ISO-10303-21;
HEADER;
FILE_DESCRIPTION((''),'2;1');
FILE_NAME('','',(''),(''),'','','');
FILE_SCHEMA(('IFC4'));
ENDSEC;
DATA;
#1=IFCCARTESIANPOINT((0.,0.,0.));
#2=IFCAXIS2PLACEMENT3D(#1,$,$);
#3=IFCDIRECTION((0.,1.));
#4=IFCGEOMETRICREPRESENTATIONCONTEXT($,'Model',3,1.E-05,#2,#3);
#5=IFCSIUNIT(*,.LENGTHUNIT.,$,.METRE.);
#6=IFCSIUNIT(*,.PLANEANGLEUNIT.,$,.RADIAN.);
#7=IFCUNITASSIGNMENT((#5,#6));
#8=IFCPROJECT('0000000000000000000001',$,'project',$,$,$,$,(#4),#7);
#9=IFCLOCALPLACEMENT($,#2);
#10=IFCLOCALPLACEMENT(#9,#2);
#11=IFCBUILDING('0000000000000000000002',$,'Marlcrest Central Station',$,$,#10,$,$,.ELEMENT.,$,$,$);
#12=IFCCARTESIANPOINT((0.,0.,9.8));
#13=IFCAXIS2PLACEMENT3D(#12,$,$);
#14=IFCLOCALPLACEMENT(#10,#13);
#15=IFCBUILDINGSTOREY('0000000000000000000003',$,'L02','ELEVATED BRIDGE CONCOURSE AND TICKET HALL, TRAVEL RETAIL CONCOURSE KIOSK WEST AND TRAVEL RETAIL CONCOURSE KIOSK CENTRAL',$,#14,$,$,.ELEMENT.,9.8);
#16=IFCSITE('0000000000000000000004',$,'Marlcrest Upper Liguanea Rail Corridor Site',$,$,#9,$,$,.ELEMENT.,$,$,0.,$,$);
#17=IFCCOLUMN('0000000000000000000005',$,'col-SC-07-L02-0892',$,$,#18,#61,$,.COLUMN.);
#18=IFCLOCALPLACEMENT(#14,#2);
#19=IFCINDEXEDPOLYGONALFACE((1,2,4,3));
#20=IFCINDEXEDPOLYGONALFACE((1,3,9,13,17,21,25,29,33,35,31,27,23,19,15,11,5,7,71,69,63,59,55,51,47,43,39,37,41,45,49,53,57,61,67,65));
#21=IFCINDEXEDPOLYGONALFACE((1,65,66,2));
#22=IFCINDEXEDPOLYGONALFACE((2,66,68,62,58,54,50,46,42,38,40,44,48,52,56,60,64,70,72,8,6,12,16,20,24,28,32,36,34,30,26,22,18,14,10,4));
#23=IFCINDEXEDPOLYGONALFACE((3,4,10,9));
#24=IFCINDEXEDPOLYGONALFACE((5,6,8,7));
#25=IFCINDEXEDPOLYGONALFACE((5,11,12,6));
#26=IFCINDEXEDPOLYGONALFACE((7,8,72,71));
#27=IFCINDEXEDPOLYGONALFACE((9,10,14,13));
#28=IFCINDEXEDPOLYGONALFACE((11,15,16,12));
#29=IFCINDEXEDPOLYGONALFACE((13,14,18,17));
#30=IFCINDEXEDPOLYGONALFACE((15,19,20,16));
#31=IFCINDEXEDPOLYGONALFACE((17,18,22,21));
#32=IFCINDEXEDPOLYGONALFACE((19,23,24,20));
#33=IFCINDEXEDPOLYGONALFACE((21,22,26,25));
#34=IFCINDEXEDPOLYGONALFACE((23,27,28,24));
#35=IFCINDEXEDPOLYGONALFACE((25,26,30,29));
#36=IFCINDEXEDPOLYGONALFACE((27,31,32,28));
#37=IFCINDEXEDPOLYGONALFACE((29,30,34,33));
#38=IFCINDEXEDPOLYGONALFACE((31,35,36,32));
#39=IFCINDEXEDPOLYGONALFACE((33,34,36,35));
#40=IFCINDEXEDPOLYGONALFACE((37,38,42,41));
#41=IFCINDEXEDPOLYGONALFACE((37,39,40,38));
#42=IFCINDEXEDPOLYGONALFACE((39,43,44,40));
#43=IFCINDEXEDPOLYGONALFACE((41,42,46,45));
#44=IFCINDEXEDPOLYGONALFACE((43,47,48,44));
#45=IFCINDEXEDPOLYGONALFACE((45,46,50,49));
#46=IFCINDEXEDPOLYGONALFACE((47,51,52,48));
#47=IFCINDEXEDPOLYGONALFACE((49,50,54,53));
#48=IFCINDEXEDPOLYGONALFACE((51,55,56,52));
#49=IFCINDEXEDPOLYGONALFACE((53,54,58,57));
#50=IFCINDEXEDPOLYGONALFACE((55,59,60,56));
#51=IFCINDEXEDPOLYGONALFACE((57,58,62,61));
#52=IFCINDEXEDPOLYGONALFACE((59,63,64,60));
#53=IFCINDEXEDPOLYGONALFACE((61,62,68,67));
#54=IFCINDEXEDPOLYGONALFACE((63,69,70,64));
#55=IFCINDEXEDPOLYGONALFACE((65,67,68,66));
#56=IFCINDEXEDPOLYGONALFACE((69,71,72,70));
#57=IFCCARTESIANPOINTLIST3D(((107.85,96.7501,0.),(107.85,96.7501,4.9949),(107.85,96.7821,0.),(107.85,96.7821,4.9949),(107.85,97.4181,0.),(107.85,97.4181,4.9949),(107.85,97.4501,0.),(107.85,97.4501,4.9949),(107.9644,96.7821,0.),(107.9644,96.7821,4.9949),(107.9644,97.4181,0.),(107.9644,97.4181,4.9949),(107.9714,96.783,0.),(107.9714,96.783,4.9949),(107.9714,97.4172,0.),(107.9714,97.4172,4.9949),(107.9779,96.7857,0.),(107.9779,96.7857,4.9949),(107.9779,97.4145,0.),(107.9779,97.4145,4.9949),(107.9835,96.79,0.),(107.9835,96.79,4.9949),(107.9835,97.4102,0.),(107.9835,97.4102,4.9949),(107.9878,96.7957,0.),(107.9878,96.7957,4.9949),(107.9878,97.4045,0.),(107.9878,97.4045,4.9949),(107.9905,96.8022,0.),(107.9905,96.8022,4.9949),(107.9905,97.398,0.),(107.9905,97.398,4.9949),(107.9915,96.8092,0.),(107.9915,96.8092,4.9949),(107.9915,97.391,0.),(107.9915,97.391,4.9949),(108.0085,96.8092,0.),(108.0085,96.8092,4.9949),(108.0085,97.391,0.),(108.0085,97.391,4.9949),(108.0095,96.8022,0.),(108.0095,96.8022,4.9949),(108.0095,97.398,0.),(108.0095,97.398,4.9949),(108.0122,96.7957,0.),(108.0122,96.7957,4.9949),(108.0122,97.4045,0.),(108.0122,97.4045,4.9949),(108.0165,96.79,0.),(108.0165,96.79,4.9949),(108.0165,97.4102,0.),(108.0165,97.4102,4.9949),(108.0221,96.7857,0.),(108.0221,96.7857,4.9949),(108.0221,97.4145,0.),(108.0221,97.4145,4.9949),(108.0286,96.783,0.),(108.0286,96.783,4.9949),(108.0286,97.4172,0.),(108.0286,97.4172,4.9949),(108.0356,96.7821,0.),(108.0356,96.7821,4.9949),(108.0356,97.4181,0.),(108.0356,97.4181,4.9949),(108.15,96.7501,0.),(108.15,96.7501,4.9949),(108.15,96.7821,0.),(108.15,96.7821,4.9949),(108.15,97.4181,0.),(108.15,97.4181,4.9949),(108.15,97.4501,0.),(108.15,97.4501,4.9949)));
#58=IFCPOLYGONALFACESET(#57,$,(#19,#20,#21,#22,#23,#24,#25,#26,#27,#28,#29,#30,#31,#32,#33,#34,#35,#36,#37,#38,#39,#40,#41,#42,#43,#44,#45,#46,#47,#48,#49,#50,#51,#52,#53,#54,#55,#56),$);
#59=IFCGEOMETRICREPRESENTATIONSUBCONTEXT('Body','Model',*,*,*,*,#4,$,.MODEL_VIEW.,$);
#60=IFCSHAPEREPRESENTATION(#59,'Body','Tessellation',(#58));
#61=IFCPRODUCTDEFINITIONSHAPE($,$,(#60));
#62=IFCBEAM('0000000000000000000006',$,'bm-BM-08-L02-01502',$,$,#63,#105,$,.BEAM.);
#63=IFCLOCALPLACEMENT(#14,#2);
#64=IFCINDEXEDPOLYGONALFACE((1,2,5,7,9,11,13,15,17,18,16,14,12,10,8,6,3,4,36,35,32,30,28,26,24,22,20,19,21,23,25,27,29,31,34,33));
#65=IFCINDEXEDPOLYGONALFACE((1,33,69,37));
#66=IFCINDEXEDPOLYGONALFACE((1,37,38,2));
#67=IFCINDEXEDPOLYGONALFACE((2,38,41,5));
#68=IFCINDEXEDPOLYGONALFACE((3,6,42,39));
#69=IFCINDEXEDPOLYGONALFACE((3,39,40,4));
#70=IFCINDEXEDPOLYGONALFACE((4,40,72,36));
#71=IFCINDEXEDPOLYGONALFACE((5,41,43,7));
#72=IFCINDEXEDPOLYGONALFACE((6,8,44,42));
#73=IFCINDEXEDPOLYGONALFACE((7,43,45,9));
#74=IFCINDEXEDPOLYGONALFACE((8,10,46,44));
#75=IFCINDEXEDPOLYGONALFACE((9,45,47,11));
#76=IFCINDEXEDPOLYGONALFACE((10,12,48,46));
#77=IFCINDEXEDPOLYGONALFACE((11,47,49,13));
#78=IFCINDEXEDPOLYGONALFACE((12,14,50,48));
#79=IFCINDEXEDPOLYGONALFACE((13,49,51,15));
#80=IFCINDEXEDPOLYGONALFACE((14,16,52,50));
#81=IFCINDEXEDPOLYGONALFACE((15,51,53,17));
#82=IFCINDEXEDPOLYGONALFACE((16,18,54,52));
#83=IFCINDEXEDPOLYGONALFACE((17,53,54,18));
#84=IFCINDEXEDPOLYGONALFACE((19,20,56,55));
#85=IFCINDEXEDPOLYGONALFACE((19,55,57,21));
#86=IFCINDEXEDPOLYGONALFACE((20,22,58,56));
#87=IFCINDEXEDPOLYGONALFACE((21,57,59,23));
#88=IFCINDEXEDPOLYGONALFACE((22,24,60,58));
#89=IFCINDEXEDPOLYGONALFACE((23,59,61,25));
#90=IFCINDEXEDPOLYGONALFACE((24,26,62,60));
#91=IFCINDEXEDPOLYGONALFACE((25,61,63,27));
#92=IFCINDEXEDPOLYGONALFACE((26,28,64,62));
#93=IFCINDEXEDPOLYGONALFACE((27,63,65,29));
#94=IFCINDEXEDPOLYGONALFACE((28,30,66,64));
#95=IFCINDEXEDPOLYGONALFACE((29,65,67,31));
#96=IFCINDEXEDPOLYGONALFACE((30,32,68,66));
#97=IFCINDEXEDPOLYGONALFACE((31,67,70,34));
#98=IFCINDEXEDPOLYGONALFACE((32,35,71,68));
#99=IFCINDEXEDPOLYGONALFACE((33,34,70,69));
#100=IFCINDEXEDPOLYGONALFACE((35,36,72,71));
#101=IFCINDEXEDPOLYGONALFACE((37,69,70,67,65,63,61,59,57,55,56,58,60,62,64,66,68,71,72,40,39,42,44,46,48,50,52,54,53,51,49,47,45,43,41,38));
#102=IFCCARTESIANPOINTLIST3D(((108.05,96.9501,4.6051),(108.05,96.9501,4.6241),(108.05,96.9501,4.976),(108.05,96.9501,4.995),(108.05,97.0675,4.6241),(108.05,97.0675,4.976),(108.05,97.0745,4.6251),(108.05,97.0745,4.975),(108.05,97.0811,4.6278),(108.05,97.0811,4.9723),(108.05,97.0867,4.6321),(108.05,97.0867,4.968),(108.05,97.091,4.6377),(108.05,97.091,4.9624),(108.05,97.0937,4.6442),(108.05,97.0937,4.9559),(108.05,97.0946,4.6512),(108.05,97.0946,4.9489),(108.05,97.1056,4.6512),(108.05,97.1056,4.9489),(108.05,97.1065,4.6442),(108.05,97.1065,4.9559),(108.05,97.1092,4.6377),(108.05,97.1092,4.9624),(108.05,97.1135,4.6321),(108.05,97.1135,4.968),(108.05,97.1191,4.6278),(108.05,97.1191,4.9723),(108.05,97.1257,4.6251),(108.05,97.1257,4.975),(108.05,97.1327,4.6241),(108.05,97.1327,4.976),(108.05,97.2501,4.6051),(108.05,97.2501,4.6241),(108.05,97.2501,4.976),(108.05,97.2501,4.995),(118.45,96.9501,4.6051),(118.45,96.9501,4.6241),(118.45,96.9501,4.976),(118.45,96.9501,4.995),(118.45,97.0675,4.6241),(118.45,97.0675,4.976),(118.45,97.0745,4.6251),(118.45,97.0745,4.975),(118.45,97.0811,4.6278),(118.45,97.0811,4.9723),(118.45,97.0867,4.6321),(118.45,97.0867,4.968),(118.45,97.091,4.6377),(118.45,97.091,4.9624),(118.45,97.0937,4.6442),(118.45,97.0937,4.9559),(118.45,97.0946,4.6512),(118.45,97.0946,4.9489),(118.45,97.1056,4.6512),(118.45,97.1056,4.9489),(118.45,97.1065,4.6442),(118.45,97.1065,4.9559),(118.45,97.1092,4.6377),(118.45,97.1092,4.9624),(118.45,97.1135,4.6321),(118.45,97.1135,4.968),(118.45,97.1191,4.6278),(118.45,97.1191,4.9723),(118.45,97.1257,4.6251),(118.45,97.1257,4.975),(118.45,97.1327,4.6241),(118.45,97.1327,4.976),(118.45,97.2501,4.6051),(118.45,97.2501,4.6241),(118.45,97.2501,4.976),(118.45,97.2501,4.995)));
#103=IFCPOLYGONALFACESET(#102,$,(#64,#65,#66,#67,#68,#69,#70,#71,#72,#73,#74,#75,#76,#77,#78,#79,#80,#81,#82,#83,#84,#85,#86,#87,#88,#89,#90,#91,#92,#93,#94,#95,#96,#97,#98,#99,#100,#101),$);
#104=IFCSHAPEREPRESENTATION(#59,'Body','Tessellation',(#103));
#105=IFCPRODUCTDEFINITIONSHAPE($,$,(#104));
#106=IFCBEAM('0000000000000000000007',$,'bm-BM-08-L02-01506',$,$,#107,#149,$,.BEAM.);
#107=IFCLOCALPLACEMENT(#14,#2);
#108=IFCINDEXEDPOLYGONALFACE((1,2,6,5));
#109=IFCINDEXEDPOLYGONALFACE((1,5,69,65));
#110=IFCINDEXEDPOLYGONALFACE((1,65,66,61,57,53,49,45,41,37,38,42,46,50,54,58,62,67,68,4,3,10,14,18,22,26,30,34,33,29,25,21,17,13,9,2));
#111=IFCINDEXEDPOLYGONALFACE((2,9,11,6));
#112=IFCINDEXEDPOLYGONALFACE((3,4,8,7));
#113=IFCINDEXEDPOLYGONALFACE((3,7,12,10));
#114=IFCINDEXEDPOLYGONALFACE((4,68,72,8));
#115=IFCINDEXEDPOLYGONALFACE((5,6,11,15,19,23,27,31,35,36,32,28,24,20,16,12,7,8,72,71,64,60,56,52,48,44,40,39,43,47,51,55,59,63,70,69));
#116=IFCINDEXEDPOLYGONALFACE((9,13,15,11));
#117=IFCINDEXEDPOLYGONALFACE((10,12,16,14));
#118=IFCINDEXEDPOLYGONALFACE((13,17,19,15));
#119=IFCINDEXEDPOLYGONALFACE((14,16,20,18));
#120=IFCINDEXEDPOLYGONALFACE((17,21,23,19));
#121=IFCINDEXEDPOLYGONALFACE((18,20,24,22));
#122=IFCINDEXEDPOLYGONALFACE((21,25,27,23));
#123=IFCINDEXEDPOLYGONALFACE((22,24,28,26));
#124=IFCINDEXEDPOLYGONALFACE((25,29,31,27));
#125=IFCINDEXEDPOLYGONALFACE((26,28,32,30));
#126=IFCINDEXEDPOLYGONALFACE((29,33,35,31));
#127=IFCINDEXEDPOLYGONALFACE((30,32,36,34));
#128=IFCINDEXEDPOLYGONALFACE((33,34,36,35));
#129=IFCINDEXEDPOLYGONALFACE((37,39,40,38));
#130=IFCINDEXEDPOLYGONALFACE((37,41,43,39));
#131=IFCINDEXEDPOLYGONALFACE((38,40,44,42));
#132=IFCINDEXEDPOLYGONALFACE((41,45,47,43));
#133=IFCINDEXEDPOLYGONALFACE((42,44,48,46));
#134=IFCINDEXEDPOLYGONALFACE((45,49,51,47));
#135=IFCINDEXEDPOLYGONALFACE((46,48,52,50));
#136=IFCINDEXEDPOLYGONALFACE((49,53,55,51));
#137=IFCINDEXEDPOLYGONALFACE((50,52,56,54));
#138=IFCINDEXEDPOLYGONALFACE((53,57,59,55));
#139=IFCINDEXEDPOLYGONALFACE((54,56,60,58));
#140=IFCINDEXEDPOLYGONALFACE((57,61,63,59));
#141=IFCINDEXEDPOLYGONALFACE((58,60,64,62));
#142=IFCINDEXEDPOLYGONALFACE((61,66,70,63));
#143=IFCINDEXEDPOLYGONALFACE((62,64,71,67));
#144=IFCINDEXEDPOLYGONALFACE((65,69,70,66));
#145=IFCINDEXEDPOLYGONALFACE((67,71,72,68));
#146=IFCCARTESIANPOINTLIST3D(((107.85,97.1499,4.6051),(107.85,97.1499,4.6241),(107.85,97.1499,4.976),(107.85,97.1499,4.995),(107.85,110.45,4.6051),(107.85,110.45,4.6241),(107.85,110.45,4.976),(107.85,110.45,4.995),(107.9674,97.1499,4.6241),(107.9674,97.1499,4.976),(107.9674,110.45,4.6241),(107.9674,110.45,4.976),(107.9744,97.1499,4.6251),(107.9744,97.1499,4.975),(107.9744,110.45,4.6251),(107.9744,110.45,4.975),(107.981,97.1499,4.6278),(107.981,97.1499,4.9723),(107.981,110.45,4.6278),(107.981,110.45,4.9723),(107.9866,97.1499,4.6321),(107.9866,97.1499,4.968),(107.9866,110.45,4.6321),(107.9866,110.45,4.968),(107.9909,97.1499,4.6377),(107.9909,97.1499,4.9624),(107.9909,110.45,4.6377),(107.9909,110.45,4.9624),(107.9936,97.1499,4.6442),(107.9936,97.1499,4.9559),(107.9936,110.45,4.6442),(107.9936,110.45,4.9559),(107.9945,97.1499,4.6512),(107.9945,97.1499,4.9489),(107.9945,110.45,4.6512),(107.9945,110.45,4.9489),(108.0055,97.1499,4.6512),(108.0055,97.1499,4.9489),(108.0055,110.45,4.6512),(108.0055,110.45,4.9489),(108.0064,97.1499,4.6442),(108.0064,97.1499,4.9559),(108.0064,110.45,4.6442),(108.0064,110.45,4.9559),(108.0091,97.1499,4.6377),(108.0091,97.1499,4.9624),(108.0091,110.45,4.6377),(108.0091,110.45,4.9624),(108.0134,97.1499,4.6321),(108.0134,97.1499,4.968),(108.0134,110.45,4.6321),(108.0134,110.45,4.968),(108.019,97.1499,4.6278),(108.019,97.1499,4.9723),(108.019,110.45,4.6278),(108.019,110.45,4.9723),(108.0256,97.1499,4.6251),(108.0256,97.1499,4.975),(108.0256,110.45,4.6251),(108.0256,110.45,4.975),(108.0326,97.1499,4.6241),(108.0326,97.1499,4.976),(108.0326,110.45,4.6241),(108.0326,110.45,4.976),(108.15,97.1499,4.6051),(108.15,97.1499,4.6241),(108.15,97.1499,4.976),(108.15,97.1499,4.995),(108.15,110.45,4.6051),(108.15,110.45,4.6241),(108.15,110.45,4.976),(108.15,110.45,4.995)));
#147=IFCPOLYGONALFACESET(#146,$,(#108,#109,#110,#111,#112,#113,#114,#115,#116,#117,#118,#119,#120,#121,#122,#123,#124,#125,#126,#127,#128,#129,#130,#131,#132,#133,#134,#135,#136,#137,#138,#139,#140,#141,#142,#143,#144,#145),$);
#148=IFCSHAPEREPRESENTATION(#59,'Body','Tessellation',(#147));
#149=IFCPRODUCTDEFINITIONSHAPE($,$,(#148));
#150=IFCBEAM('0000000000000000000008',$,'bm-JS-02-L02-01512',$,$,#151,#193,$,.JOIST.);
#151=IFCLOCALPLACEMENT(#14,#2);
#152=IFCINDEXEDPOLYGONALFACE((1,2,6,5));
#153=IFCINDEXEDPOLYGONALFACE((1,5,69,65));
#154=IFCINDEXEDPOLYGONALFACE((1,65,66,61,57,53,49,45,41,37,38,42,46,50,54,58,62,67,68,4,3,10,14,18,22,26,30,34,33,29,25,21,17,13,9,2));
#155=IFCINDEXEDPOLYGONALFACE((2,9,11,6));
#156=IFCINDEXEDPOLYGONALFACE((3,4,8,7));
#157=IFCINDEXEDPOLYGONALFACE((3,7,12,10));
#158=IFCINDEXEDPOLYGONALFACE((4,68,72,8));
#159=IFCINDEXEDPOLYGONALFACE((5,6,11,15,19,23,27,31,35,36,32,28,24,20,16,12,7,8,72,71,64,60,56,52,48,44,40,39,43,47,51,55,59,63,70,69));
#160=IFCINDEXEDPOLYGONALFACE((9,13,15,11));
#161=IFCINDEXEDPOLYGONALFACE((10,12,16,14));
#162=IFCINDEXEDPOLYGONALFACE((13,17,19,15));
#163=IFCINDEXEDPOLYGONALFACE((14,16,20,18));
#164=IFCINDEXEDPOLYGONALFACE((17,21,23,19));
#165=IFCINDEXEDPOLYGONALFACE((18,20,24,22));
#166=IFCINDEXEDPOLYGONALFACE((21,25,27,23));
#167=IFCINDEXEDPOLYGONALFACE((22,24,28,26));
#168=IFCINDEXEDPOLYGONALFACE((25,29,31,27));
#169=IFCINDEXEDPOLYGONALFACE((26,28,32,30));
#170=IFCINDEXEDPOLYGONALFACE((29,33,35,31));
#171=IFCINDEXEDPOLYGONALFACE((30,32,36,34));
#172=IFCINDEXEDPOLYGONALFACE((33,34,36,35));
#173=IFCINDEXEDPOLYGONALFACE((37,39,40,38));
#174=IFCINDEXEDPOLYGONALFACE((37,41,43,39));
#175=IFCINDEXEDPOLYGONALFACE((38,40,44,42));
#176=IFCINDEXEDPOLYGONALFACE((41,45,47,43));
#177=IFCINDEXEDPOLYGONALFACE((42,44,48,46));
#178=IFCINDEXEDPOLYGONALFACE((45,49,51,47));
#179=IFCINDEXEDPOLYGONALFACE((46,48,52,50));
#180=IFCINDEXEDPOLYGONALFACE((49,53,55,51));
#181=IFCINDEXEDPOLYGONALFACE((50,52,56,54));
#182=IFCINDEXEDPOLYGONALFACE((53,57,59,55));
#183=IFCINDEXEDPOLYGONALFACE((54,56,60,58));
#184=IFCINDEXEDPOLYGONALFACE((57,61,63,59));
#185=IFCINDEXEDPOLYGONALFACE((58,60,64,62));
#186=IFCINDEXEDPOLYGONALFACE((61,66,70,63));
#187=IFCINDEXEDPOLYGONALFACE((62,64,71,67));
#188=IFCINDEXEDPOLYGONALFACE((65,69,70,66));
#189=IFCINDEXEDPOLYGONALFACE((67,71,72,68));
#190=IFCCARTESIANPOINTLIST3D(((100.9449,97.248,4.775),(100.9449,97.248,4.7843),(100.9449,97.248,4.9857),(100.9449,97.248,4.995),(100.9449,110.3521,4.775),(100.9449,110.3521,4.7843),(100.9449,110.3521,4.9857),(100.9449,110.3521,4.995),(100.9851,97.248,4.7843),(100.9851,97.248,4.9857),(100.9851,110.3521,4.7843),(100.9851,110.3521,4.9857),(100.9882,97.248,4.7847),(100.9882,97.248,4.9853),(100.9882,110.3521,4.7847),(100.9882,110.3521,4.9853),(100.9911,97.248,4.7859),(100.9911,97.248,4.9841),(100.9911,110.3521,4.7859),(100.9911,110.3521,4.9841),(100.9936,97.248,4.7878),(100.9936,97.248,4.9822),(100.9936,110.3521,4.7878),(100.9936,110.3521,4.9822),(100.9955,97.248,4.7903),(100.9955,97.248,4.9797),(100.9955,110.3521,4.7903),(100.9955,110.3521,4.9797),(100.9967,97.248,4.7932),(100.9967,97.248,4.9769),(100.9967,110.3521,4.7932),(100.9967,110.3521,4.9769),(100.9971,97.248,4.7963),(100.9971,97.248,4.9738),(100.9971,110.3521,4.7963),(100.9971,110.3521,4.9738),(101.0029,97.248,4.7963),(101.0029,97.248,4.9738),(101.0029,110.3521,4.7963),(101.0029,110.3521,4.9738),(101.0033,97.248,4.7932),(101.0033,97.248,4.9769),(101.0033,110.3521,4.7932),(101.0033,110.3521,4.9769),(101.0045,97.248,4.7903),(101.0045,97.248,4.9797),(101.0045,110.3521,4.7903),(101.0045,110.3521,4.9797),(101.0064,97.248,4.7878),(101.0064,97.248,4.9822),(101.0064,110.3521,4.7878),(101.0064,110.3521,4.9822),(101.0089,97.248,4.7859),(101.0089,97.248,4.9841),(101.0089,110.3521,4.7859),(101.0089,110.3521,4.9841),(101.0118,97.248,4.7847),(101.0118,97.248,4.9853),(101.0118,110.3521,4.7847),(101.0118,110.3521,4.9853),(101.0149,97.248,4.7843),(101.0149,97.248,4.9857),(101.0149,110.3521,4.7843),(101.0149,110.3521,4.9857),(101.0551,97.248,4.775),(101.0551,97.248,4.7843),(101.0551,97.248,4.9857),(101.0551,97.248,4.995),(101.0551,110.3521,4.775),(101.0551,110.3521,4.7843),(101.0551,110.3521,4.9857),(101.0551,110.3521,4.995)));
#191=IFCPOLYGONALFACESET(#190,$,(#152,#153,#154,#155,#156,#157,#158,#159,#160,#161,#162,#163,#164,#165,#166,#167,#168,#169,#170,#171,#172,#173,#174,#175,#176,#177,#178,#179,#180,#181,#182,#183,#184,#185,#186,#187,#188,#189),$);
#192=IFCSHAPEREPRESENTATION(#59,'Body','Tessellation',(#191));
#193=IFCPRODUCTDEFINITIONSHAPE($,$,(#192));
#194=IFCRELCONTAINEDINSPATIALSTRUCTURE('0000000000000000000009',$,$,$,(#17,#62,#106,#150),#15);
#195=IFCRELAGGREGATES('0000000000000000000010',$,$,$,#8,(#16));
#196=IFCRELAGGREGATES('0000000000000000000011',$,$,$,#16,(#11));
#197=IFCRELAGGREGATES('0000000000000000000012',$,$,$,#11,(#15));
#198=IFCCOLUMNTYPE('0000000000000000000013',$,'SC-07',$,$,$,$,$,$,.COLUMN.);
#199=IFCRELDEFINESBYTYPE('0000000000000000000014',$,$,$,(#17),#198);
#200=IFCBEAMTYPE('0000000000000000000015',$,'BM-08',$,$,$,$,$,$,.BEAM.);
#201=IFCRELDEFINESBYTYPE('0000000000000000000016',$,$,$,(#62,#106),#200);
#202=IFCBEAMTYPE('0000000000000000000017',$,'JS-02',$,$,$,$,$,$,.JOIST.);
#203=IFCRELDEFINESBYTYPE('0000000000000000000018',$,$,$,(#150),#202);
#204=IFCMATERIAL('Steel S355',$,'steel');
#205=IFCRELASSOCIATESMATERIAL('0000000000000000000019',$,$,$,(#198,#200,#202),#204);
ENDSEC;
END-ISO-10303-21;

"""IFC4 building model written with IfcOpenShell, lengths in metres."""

from ifc_helpers import new_model, si_unit, direction, frame, origin, origin_2d, place, context, subcontext, project, spatial, i_section, extrude, material, material_profile, profile_set, type_object, element, save


model = new_model("IFC4")

# Units and contexts
model_context = context("Model", 3, precision=1e-05, world=origin(), true_north=direction((0.0, 1.0)))
body_context = subcontext(model_context, "Body", "Model", "MODEL_VIEW")
ifc_project = project(units=[si_unit("LENGTHUNIT", "METRE"), si_unit("PLANEANGLEUNIT", "RADIAN")], contexts=[model_context])

# Site, building, storey
site_placement = place(None, origin())
site = spatial("IfcSite", under=ifc_project, at=site_placement, Name="Marlcrest Upper Liguanea Rail Corridor Site", CompositionType="ELEMENT", RefElevation=0.0)
building_placement = place(site_placement, origin())
building = spatial("IfcBuilding", under=site, at=building_placement, Name="Marlcrest Central Station", CompositionType="ELEMENT")
storey_placement = place(building_placement, frame((0.0, 0.0, 9.8)))
storey = spatial("IfcBuildingStorey", under=building, at=storey_placement, Name="L02", Description="ELEVATED BRIDGE CONCOURSE AND TICKET HALL, TRAVEL RETAIL CONCOURSE KIOSK WEST AND TRAVEL RETAIL CONCOURSE KIOSK CENTRAL", CompositionType="ELEMENT", Elevation=9.8)

# Column
ifc_material_1 = material(Name="Steel S355", Category="steel")
ifc_material_profile_1 = material_profile(ifc_material_1, i_section(OverallWidth=0.3, OverallDepth=0.7, WebThickness=0.0171, FlangeThickness=0.032, FilletRadius=0.0271, at=origin_2d()), Name="HEB 700")
ifc_profile_set_1 = profile_set([ifc_material_profile_1], Name="Steel S355")
column_type = type_object("IfcColumnType", Name="SC-07", PredefinedType="COLUMN", material=ifc_profile_set_1)
column_placement = place(storey_placement, frame((108.0, 97.1001, 0.0), z_axis=(0.0, 0.0, 1.0), x_axis=(1.0, 0.0, 0.0)))
element("IfcColumn", 1, at=column_placement, inside=storey, type_object=column_type, Name="col-SC-07-L02-0892", PredefinedType="COLUMN", context=body_context, shape_type="SweptSolid", body=[
    extrude(i_section(OverallWidth=0.3, OverallDepth=0.7, WebThickness=0.0171, FlangeThickness=0.032, FilletRadius=0.0271, at=origin_2d()), origin(), (0.0, 0.0, 1.0), 4.9949),
])

# Beams
ifc_material_profile_2 = material_profile(ifc_material_1, i_section(OverallWidth=0.3, OverallDepth=0.3899, WebThickness=0.011, FlangeThickness=0.019, FilletRadius=0.0271, at=origin_2d()), Name="HEA 400")
ifc_profile_set_2 = profile_set([ifc_material_profile_2], Name="Steel S355")
beam_type_1 = type_object("IfcBeamType", Name="BM-08", PredefinedType="BEAM", material=ifc_profile_set_2)
beam_1_placement = place(storey_placement, frame((108.05, 97.1001, 4.8), z_axis=(1.0, 0.0, 0.0), x_axis=(0.0, 1.0, 0.0)))
element("IfcBeam", 2, at=beam_1_placement, inside=storey, type_object=beam_type_1, Name="bm-BM-08-L02-01502", PredefinedType="BEAM", context=body_context, shape_type="SweptSolid", body=[
    extrude(i_section(OverallWidth=0.3, OverallDepth=0.3899, WebThickness=0.011, FlangeThickness=0.019, FilletRadius=0.0271, at=origin_2d()), origin(), (0.0, 0.0, 1.0), 10.3999),
])
beam_2_placement = place(storey_placement, frame((108.0, 97.1499, 4.8), z_axis=(0.0, 1.0, 0.0), x_axis=(-1.0, 0.0, 0.0)))
element("IfcBeam", 3, at=beam_2_placement, inside=storey, type_object=beam_type_1, Name="bm-BM-08-L02-01506", PredefinedType="BEAM", context=body_context, shape_type="SweptSolid", body=[
    extrude(i_section(OverallWidth=0.3, OverallDepth=0.3899, WebThickness=0.011, FlangeThickness=0.019, FilletRadius=0.0271, at=origin_2d()), origin(), (0.0, 0.0, 1.0), 13.3),
])
ifc_material_profile_3 = material_profile(ifc_material_1, i_section(OverallWidth=0.1101, OverallDepth=0.22, WebThickness=0.0059, FlangeThickness=0.0093, FilletRadius=0.012, at=origin_2d()), Name="IPE 220")
ifc_profile_set_3 = profile_set([ifc_material_profile_3], Name="Steel S355")
beam_type_2 = type_object("IfcBeamType", Name="JS-02", PredefinedType="JOIST", material=ifc_profile_set_3)
for number, where, z_axis, x_axis, name in (
    (4, (101.0, 97.248, 4.885), (0.0, 1.0, 0.0), (-1.0, 0.0, 0.0), "bm-JS-02-L02-01512"),
):
    element("IfcBeam", number, at=place(storey_placement, frame(where, z_axis=z_axis, x_axis=x_axis)), inside=storey, type_object=beam_type_2, Name=name, PredefinedType="JOIST", context=body_context, shape_type="SweptSolid", body=[
        extrude(i_section(OverallWidth=0.1101, OverallDepth=0.22, WebThickness=0.0059, FlangeThickness=0.0093, FilletRadius=0.012, at=origin_2d()), origin(), (0.0, 0.0, 1.0), 13.104),
    ])

save(model, "model.ifc")
